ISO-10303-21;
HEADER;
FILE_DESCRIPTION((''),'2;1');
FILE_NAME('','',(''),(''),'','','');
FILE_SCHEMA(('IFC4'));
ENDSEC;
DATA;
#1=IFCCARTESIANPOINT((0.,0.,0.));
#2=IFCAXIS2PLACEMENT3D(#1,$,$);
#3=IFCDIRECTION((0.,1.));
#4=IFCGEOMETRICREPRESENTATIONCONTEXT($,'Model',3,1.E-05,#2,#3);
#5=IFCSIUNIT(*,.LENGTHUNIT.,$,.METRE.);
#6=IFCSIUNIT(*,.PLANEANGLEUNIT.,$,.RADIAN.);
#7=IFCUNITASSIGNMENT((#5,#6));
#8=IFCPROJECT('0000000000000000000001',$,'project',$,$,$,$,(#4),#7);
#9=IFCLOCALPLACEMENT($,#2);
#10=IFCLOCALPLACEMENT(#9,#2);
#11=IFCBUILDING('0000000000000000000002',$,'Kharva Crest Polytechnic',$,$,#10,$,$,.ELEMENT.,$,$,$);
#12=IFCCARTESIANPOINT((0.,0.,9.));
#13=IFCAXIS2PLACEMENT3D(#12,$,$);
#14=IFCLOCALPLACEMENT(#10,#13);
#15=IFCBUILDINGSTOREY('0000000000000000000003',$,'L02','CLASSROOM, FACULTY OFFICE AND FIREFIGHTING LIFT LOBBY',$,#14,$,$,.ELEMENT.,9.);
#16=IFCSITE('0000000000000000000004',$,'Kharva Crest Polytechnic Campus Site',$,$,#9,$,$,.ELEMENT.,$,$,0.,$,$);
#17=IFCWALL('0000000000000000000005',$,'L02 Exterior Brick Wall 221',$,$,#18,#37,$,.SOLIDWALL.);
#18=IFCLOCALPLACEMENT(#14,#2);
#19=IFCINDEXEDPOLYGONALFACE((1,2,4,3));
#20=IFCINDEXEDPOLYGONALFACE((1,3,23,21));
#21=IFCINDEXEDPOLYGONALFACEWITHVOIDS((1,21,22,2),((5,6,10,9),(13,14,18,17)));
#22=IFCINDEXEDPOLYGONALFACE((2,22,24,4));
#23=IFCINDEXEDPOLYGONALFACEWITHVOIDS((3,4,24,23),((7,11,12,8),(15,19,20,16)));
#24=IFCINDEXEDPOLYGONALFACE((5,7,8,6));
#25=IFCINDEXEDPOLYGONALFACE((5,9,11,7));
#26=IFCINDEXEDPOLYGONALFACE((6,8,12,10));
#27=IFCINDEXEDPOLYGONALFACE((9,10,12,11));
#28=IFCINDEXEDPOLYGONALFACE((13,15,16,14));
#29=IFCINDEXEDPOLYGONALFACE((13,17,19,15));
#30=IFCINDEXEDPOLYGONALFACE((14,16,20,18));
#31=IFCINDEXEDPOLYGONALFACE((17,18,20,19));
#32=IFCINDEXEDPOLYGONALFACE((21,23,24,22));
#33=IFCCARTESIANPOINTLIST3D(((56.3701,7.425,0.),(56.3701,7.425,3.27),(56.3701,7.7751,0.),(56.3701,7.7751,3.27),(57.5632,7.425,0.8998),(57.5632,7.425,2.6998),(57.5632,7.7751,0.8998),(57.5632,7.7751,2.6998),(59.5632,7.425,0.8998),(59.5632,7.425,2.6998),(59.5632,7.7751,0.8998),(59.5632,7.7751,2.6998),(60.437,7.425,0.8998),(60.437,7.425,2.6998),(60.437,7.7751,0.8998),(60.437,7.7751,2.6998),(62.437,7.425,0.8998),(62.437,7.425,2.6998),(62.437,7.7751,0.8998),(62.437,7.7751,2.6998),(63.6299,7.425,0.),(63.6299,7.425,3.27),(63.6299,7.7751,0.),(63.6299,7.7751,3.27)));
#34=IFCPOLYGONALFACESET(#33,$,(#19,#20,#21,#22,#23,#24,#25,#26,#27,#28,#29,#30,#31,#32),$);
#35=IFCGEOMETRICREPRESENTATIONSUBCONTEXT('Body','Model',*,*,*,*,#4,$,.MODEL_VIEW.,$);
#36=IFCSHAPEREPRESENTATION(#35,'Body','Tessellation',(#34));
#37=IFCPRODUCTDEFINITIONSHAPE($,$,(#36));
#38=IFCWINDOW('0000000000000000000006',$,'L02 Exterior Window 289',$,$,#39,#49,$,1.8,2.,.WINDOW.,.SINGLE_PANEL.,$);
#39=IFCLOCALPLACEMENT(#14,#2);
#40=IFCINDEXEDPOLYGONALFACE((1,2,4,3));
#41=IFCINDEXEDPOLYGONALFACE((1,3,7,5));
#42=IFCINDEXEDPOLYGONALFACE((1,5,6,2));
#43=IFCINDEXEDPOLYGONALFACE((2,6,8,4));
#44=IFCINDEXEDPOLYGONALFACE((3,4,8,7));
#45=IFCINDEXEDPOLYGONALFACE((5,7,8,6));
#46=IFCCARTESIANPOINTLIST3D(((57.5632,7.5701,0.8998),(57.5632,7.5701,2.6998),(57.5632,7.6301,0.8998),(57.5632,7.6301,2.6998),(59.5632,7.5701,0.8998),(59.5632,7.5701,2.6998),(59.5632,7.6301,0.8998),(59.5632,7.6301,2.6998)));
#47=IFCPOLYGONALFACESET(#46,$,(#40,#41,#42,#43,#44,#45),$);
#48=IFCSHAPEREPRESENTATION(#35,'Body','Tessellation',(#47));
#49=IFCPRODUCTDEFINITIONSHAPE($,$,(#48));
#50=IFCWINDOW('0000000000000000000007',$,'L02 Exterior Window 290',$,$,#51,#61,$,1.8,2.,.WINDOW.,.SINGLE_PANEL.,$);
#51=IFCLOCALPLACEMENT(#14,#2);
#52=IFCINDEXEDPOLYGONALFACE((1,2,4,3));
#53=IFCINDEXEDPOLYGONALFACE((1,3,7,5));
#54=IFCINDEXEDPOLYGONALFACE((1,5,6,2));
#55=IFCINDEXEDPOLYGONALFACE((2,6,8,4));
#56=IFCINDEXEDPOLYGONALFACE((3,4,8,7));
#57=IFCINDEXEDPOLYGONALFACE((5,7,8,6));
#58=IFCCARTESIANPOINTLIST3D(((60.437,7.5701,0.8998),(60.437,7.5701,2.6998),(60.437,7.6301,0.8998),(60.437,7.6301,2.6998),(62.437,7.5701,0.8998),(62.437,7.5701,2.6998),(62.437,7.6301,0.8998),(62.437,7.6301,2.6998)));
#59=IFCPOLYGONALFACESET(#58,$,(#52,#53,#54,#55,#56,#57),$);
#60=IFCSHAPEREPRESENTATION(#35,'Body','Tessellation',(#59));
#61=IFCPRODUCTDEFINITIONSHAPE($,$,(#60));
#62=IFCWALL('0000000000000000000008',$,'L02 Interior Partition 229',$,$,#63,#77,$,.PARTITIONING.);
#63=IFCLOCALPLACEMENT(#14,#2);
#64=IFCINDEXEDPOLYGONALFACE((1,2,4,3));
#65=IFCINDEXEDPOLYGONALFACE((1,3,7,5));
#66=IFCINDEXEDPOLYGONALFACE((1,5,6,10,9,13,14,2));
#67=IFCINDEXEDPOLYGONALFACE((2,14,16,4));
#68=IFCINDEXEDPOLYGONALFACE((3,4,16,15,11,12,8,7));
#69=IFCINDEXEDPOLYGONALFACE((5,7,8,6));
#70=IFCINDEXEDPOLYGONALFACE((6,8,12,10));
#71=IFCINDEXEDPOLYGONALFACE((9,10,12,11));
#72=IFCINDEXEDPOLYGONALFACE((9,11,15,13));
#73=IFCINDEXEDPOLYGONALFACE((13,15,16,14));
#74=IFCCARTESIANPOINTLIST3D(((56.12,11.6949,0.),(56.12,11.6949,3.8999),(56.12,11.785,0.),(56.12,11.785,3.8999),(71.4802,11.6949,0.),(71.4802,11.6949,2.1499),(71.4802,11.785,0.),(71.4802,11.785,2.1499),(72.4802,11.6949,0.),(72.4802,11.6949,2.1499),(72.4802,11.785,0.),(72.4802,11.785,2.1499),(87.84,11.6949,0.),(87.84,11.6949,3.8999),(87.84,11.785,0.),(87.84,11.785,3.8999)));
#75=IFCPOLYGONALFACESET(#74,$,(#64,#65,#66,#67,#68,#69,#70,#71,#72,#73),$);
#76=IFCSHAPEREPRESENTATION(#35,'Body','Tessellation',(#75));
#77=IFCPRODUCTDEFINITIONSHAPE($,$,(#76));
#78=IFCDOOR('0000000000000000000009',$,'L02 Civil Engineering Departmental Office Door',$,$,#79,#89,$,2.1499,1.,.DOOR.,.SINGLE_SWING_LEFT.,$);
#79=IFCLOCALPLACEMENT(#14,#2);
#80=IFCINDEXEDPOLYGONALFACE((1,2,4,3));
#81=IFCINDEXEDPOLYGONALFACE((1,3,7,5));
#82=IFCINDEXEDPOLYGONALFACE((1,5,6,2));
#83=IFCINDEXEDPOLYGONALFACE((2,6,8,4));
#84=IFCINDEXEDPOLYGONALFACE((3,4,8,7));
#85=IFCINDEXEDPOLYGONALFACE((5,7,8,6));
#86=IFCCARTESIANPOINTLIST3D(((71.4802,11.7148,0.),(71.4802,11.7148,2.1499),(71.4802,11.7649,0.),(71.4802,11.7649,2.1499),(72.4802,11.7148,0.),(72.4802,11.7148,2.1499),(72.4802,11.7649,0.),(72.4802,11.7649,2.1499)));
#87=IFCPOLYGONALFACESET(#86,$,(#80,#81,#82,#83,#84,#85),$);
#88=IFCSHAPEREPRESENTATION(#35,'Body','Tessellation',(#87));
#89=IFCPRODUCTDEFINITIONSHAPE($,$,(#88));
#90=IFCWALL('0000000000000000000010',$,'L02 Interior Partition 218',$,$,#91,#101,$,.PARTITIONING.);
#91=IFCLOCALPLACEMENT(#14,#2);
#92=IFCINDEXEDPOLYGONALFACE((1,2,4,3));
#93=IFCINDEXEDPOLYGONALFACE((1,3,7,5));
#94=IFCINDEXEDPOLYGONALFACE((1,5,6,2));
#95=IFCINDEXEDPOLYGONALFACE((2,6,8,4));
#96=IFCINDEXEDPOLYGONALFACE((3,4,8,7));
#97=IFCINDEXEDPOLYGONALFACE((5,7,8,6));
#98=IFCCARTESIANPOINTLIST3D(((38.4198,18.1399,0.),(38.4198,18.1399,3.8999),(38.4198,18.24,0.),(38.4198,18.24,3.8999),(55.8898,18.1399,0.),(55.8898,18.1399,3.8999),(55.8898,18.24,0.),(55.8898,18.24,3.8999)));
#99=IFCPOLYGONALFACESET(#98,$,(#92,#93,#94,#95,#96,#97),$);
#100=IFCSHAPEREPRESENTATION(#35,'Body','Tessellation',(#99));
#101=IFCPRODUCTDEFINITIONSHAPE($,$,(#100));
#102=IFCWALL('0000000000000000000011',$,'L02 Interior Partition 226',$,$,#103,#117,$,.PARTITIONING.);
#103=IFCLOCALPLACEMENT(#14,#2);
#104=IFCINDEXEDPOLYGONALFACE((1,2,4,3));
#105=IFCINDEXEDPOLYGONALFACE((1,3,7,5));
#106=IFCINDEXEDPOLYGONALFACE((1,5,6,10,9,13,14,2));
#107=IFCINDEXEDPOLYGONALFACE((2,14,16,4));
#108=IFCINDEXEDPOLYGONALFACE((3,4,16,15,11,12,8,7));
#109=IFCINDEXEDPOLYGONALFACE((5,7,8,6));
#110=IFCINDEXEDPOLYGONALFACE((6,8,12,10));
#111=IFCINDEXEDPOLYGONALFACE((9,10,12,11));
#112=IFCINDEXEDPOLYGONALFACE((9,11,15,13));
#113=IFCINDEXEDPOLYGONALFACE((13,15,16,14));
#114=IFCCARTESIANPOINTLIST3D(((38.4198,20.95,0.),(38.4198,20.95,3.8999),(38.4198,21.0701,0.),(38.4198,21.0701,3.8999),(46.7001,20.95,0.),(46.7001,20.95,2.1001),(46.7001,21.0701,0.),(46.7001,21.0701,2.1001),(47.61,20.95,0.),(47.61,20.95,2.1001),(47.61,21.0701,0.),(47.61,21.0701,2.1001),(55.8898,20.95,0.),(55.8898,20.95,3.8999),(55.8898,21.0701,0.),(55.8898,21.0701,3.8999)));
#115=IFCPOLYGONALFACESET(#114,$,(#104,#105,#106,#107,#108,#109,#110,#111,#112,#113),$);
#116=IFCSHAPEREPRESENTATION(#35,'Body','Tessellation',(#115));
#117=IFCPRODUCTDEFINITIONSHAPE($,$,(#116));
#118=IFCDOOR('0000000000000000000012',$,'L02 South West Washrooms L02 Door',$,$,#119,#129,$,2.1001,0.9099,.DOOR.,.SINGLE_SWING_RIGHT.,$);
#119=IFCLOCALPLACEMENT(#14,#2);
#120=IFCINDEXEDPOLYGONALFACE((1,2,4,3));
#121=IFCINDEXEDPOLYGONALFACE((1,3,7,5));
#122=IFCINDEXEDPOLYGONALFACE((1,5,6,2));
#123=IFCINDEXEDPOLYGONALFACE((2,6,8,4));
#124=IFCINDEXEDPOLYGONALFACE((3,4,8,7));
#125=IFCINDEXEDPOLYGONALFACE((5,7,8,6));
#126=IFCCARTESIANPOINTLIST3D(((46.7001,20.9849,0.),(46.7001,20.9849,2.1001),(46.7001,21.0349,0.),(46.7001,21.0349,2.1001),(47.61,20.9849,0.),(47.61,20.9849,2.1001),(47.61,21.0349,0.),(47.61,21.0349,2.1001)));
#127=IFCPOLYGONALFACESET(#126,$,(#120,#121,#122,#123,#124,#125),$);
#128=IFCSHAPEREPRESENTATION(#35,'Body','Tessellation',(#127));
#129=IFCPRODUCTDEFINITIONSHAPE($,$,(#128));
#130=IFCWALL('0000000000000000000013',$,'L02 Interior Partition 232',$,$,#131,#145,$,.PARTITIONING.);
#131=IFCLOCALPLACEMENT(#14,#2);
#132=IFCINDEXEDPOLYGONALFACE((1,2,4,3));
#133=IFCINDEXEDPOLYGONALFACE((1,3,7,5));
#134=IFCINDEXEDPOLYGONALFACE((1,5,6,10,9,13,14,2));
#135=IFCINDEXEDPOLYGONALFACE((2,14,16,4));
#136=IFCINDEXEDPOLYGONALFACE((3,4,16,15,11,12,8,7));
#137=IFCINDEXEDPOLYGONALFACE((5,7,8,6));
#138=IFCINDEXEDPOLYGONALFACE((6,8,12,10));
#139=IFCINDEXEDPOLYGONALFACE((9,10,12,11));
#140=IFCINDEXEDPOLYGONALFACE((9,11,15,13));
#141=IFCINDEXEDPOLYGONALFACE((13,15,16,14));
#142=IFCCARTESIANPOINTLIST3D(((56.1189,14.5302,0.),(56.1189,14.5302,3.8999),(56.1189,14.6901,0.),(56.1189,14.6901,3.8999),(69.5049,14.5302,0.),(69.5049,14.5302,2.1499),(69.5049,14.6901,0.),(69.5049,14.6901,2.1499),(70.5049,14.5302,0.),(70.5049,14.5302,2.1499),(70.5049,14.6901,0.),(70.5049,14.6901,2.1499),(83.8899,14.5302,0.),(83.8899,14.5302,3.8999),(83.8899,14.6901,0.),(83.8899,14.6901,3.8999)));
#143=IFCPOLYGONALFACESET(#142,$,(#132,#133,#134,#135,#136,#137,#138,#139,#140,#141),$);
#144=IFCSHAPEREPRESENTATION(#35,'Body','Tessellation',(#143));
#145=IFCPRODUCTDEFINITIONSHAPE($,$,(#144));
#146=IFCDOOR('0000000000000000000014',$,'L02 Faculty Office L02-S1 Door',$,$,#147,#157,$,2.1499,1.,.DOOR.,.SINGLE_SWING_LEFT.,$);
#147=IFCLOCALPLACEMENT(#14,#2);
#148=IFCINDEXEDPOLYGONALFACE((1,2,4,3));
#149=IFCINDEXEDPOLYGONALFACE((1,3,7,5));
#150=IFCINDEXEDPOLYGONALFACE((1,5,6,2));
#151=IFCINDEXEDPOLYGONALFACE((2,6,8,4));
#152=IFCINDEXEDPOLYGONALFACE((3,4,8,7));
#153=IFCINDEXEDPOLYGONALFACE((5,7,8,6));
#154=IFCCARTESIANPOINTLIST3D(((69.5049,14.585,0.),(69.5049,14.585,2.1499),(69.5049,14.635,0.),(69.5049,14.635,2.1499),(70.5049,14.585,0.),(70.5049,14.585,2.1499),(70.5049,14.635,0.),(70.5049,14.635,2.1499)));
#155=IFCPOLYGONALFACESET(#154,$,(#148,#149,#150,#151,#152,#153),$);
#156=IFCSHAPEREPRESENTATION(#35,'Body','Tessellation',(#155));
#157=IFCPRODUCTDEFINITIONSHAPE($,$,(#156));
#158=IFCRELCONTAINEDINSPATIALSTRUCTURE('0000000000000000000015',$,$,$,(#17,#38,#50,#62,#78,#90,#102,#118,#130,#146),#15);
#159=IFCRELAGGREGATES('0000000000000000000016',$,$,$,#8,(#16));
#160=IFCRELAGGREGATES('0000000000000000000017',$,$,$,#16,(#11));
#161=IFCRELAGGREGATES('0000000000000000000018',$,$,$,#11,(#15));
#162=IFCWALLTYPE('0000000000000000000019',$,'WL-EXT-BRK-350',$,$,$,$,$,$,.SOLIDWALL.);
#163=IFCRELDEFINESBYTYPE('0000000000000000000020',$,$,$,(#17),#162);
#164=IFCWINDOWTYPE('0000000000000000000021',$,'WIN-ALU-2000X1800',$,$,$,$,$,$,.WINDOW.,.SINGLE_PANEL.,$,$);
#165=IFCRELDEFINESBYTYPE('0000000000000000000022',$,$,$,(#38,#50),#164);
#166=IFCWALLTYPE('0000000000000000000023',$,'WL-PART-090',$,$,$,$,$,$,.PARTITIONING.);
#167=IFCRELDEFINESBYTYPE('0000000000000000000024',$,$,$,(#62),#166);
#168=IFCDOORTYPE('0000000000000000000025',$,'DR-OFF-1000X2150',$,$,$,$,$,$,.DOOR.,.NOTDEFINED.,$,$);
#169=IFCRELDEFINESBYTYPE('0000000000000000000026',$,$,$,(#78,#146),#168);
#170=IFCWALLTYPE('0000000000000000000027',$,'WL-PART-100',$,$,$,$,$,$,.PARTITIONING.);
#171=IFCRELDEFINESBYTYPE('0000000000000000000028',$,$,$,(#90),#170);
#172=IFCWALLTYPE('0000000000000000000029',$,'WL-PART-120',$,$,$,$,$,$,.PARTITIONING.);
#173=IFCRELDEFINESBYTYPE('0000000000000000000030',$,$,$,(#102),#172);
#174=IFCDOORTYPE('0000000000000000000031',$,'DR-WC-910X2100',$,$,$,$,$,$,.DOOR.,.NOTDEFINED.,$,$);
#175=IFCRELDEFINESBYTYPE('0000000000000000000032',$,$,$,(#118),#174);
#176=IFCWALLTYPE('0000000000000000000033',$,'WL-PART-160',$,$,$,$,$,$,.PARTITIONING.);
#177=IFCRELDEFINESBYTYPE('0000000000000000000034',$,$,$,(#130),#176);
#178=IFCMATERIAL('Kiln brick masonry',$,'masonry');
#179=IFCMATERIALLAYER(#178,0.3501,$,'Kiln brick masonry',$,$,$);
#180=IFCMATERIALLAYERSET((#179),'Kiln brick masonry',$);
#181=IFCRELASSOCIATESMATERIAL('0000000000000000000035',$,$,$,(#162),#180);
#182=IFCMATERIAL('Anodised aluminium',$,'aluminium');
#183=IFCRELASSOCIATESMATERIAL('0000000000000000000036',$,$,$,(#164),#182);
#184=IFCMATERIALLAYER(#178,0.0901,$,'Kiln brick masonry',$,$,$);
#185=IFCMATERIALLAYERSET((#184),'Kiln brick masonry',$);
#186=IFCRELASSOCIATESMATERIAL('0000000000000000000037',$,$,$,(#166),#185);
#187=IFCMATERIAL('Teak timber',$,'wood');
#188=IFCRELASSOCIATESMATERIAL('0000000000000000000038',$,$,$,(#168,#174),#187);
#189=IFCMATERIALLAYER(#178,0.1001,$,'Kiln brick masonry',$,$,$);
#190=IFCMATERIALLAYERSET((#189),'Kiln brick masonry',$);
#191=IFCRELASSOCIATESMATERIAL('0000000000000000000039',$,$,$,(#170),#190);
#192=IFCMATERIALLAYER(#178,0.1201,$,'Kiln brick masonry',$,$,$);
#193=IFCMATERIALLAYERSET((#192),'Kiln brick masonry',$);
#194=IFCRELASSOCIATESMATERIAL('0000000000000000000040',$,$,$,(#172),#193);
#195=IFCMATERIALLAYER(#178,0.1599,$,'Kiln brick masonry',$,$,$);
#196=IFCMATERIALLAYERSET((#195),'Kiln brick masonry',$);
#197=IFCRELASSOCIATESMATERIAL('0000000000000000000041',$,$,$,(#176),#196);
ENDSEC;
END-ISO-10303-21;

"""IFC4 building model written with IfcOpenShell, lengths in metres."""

from ifc_helpers import new_model, si_unit, direction, frame, frame_2d, origin, place, context, subcontext, project, spatial, rectangle, extrude, material, layer, layer_set, type_object, element, fill, save


model = new_model("IFC4")

# Units and contexts
model_context = context("Model", 3, precision=1e-05, world=origin(), true_north=direction((0.0, 1.0)))
body_context = subcontext(model_context, "Body", "Model", "MODEL_VIEW")
ifc_project = project(units=[si_unit("LENGTHUNIT", "METRE"), si_unit("PLANEANGLEUNIT", "RADIAN")], contexts=[model_context])

# Site, building, storey
site_placement = place(None, origin())
site = spatial("IfcSite", under=ifc_project, at=site_placement, Name="Kharva Crest Polytechnic Campus Site", CompositionType="ELEMENT", RefElevation=0.0)
building_placement = place(site_placement, origin())
building = spatial("IfcBuilding", under=site, at=building_placement, Name="Kharva Crest Polytechnic", CompositionType="ELEMENT")
storey_placement = place(building_placement, frame((0.0, 0.0, 9.0)))
storey = spatial("IfcBuildingStorey", under=building, at=storey_placement, Name="L02", Description="CLASSROOM, FACULTY OFFICE AND FIREFIGHTING LIFT LOBBY", CompositionType="ELEMENT", Elevation=9.0)

# Wall, openings, windows
ifc_material_1 = material(Name="Kiln brick masonry", Category="masonry")
ifc_layer_1 = layer(ifc_material_1, 0.3501, Name="Kiln brick masonry")
ifc_layer_set_1 = layer_set([ifc_layer_1], Name="Kiln brick masonry")
wall_type_1 = type_object("IfcWallType", Name="WL-EXT-BRK-350", PredefinedType="SOLIDWALL", material=ifc_layer_set_1)
wall_1_placement = place(storey_placement, frame((56.3701, 7.6001, 0.0), z_axis=(0.0, 0.0, 1.0), x_axis=(1.0, 0.0, 0.0)))
wall_1 = element("IfcWall", 1, at=wall_1_placement, inside=storey, type_object=wall_type_1, Name="L02 Exterior Brick Wall 221", PredefinedType="SOLIDWALL", context=body_context, shape_type="SweptSolid", body=[
    extrude(rectangle(XDim=7.2598, YDim=0.3501, at=frame_2d((3.6299, 0.0))), origin(), (0.0, 0.0, 1.0), 3.27),
])
opening_1_placement = place(wall_1_placement, frame((1.1931, 0.0, 0.8999)))
opening_1 = element("IfcOpeningElement", 2, at=opening_1_placement, cuts=wall_1, PredefinedType="OPENING", context=body_context, shape_type="SweptSolid", body=[
    extrude(rectangle(XDim=2.0, YDim=1.8, at=frame_2d((1.0, 0.8999))), frame((0.0, 0.1851, 0.0), z_axis=(0.0, -1.0, 0.0), x_axis=(1.0, 0.0, 0.0)), (0.0, 0.0, 1.0), 0.3701),
])
opening_2_placement = place(wall_1_placement, frame((4.0669, 0.0, 0.8999)))
opening_2 = element("IfcOpeningElement", 3, at=opening_2_placement, cuts=wall_1, PredefinedType="OPENING", context=body_context, shape_type="SweptSolid", body=[
    extrude(rectangle(XDim=2.0, YDim=1.8, at=frame_2d((1.0, 0.8999))), frame((0.0, 0.1851, 0.0), z_axis=(0.0, -1.0, 0.0), x_axis=(1.0, 0.0, 0.0)), (0.0, 0.0, 1.0), 0.3701),
])
ifc_material_2 = material(Name="Anodised aluminium", Category="aluminium")
window_type = type_object("IfcWindowType", Name="WIN-ALU-2000X1800", PartitioningType="SINGLE_PANEL", PredefinedType="WINDOW", material=ifc_material_2)
window_1_placement = place(opening_1_placement, origin())
window_1 = element("IfcWindow", 4, at=window_1_placement, inside=storey, type_object=window_type, Name="L02 Exterior Window 289", OverallHeight=1.8, OverallWidth=2.0, PartitioningType="SINGLE_PANEL", PredefinedType="WINDOW", context=body_context, shape_type="SweptSolid", body=[
    extrude(rectangle(XDim=2.0, YDim=1.8, at=frame_2d((1.0, 0.8999))), frame((0.0, 0.03, 0.0), z_axis=(0.0, -1.0, 0.0), x_axis=(1.0, 0.0, 0.0)), (0.0, 0.0, 1.0), 0.0601),
])
fill(opening_1, window_1)
window_2_placement = place(opening_2_placement, origin())
window_2 = element("IfcWindow", 5, at=window_2_placement, inside=storey, type_object=window_type, Name="L02 Exterior Window 290", OverallHeight=1.8, OverallWidth=2.0, PartitioningType="SINGLE_PANEL", PredefinedType="WINDOW", context=body_context, shape_type="SweptSolid", body=[
    extrude(rectangle(XDim=2.0, YDim=1.8, at=frame_2d((1.0, 0.8999))), frame((0.0, 0.03, 0.0), z_axis=(0.0, -1.0, 0.0), x_axis=(1.0, 0.0, 0.0)), (0.0, 0.0, 1.0), 0.0601),
])
fill(opening_2, window_2)

# Wall, opening, door
ifc_layer_2 = layer(ifc_material_1, 0.0901, Name="Kiln brick masonry")
ifc_layer_set_2 = layer_set([ifc_layer_2], Name="Kiln brick masonry")
wall_type_2 = type_object("IfcWallType", Name="WL-PART-090", PredefinedType="PARTITIONING", material=ifc_layer_set_2)
wall_2_placement = place(storey_placement, frame((56.1201, 11.74, 0.0), z_axis=(0.0, 0.0, 1.0), x_axis=(1.0, 0.0, 0.0)))
wall_2 = element("IfcWall", 6, at=wall_2_placement, inside=storey, type_object=wall_type_2, Name="L02 Interior Partition 229", PredefinedType="PARTITIONING", context=body_context, shape_type="SweptSolid", body=[
    extrude(rectangle(XDim=31.72, YDim=0.0901, at=frame_2d((15.8599, 0.0))), origin(), (0.0, 0.0, 1.0), 3.8999),
])
opening_3_placement = place(wall_2_placement, frame((15.3601, 0.0, 0.0)))
opening_3 = element("IfcOpeningElement", 7, at=opening_3_placement, cuts=wall_2, PredefinedType="OPENING", context=body_context, shape_type="SweptSolid", body=[
    extrude(rectangle(XDim=1.0, YDim=2.1499, at=frame_2d((0.5, 1.075))), frame((0.0, 0.0549, 0.0), z_axis=(0.0, -1.0, 0.0), x_axis=(1.0, 0.0, 0.0)), (0.0, 0.0, 1.0), 0.1101),
])
ifc_material_3 = material(Name="Teak timber", Category="wood")
door_type_1 = type_object("IfcDoorType", Name="DR-OFF-1000X2150", OperationType="NOTDEFINED", PredefinedType="DOOR", material=ifc_material_3)
door_1_placement = place(opening_3_placement, origin())
door_1 = element("IfcDoor", 8, at=door_1_placement, inside=storey, type_object=door_type_1, Name="L02 Civil Engineering Departmental Office Door", OperationType="SINGLE_SWING_LEFT", OverallHeight=2.1499, OverallWidth=1.0, PredefinedType="DOOR", context=body_context, shape_type="SweptSolid", body=[
    extrude(rectangle(XDim=1.0, YDim=2.1499, at=frame_2d((0.5, 1.075))), frame((0.0, 0.0249, 0.0), z_axis=(0.0, -1.0, 0.0), x_axis=(1.0, 0.0, 0.0)), (0.0, 0.0, 1.0), 0.05),
])
fill(opening_3, door_1)

# Wall
ifc_layer_3 = layer(ifc_material_1, 0.1001, Name="Kiln brick masonry")
ifc_layer_set_3 = layer_set([ifc_layer_3], Name="Kiln brick masonry")
wall_type_3 = type_object("IfcWallType", Name="WL-PART-100", PredefinedType="PARTITIONING", material=ifc_layer_set_3)
wall_3_placement = place(storey_placement, frame((38.4199, 18.1899, 0.0), z_axis=(0.0, 0.0, 1.0), x_axis=(1.0, 0.0, 0.0)))
element("IfcWall", 9, at=wall_3_placement, inside=storey, type_object=wall_type_3, Name="L02 Interior Partition 218", PredefinedType="PARTITIONING", context=body_context, shape_type="SweptSolid", body=[
    extrude(rectangle(XDim=17.47, YDim=0.1001, at=frame_2d((8.7349, 0.0))), origin(), (0.0, 0.0, 1.0), 3.8999),
])

# Walls, openings, doors
ifc_layer_4 = layer(ifc_material_1, 0.1201, Name="Kiln brick masonry")
ifc_layer_set_4 = layer_set([ifc_layer_4], Name="Kiln brick masonry")
wall_type_4 = type_object("IfcWallType", Name="WL-PART-120", PredefinedType="PARTITIONING", material=ifc_layer_set_4)
wall_4_placement = place(storey_placement, frame((38.4199, 21.01, 0.0), z_axis=(0.0, 0.0, 1.0), x_axis=(1.0, 0.0, 0.0)))
wall_4 = element("IfcWall", 10, at=wall_4_placement, inside=storey, type_object=wall_type_4, Name="L02 Interior Partition 226", PredefinedType="PARTITIONING", context=body_context, shape_type="SweptSolid", body=[
    extrude(rectangle(XDim=17.47, YDim=0.1201, at=frame_2d((8.7349, 0.0))), origin(), (0.0, 0.0, 1.0), 3.8999),
])
opening_4_placement = place(wall_4_placement, frame((8.28, 0.0, 0.0)))
opening_4 = element("IfcOpeningElement", 11, at=opening_4_placement, cuts=wall_4, PredefinedType="OPENING", context=body_context, shape_type="SweptSolid", body=[
    extrude(rectangle(XDim=0.9099, YDim=2.1001, at=frame_2d((0.4551, 1.05))), frame((0.0, 0.0701, 0.0), z_axis=(0.0, -1.0, 0.0), x_axis=(1.0, 0.0, 0.0)), (0.0, 0.0, 1.0), 0.1401),
])
door_type_2 = type_object("IfcDoorType", Name="DR-WC-910X2100", OperationType="NOTDEFINED", PredefinedType="DOOR", material=ifc_material_3)
door_2_placement = place(opening_4_placement, origin())
door_2 = element("IfcDoor", 12, at=door_2_placement, inside=storey, type_object=door_type_2, Name="L02 South West Washrooms L02 Door", OperationType="SINGLE_SWING_RIGHT", OverallHeight=2.1001, OverallWidth=0.9099, PredefinedType="DOOR", context=body_context, shape_type="SweptSolid", body=[
    extrude(rectangle(XDim=0.9099, YDim=2.1001, at=frame_2d((0.4551, 1.05))), frame((0.0, 0.0249, 0.0), z_axis=(0.0, -1.0, 0.0), x_axis=(1.0, 0.0, 0.0)), (0.0, 0.0, 1.0), 0.05),
])
fill(opening_4, door_2)
ifc_layer_5 = layer(ifc_material_1, 0.1599, Name="Kiln brick masonry")
ifc_layer_set_5 = layer_set([ifc_layer_5], Name="Kiln brick masonry")
wall_type_5 = type_object("IfcWallType", Name="WL-PART-160", PredefinedType="PARTITIONING", material=ifc_layer_set_5)
wall_5_placement = place(storey_placement, frame((56.1189, 14.6101, 0.0), z_axis=(0.0, 0.0, 1.0), x_axis=(1.0, 0.0, 0.0)))
wall_5 = element("IfcWall", 13, at=wall_5_placement, inside=storey, type_object=wall_type_5, Name="L02 Interior Partition 232", PredefinedType="PARTITIONING", context=body_context, shape_type="SweptSolid", body=[
    extrude(rectangle(XDim=27.771, YDim=0.1599, at=frame_2d((13.8855, 0.0))), origin(), (0.0, 0.0, 1.0), 3.8999),
])
opening_5_placement = place(wall_5_placement, frame((13.386, 0.0, 0.0)))
opening_5 = element("IfcOpeningElement", 14, at=opening_5_placement, cuts=wall_5, PredefinedType="OPENING", context=body_context, shape_type="SweptSolid", body=[
    extrude(rectangle(XDim=1.0, YDim=2.1499, at=frame_2d((0.5, 1.075))), frame((0.0, 0.0898, 0.0), z_axis=(0.0, -1.0, 0.0), x_axis=(1.0, 0.0, 0.0)), (0.0, 0.0, 1.0), 0.1799),
])
door_3_placement = place(opening_5_placement, origin())
door_3 = element("IfcDoor", 15, at=door_3_placement, inside=storey, type_object=door_type_1, Name="L02 Faculty Office L02-S1 Door", OperationType="SINGLE_SWING_LEFT", OverallHeight=2.1499, OverallWidth=1.0, PredefinedType="DOOR", context=body_context, shape_type="SweptSolid", body=[
    extrude(rectangle(XDim=1.0, YDim=2.1499, at=frame_2d((0.5, 1.075))), frame((0.0, 0.0249, 0.0), z_axis=(0.0, -1.0, 0.0), x_axis=(1.0, 0.0, 0.0)), (0.0, 0.0, 1.0), 0.05),
])
fill(opening_5, door_3)

save(model, "model.ifc")
